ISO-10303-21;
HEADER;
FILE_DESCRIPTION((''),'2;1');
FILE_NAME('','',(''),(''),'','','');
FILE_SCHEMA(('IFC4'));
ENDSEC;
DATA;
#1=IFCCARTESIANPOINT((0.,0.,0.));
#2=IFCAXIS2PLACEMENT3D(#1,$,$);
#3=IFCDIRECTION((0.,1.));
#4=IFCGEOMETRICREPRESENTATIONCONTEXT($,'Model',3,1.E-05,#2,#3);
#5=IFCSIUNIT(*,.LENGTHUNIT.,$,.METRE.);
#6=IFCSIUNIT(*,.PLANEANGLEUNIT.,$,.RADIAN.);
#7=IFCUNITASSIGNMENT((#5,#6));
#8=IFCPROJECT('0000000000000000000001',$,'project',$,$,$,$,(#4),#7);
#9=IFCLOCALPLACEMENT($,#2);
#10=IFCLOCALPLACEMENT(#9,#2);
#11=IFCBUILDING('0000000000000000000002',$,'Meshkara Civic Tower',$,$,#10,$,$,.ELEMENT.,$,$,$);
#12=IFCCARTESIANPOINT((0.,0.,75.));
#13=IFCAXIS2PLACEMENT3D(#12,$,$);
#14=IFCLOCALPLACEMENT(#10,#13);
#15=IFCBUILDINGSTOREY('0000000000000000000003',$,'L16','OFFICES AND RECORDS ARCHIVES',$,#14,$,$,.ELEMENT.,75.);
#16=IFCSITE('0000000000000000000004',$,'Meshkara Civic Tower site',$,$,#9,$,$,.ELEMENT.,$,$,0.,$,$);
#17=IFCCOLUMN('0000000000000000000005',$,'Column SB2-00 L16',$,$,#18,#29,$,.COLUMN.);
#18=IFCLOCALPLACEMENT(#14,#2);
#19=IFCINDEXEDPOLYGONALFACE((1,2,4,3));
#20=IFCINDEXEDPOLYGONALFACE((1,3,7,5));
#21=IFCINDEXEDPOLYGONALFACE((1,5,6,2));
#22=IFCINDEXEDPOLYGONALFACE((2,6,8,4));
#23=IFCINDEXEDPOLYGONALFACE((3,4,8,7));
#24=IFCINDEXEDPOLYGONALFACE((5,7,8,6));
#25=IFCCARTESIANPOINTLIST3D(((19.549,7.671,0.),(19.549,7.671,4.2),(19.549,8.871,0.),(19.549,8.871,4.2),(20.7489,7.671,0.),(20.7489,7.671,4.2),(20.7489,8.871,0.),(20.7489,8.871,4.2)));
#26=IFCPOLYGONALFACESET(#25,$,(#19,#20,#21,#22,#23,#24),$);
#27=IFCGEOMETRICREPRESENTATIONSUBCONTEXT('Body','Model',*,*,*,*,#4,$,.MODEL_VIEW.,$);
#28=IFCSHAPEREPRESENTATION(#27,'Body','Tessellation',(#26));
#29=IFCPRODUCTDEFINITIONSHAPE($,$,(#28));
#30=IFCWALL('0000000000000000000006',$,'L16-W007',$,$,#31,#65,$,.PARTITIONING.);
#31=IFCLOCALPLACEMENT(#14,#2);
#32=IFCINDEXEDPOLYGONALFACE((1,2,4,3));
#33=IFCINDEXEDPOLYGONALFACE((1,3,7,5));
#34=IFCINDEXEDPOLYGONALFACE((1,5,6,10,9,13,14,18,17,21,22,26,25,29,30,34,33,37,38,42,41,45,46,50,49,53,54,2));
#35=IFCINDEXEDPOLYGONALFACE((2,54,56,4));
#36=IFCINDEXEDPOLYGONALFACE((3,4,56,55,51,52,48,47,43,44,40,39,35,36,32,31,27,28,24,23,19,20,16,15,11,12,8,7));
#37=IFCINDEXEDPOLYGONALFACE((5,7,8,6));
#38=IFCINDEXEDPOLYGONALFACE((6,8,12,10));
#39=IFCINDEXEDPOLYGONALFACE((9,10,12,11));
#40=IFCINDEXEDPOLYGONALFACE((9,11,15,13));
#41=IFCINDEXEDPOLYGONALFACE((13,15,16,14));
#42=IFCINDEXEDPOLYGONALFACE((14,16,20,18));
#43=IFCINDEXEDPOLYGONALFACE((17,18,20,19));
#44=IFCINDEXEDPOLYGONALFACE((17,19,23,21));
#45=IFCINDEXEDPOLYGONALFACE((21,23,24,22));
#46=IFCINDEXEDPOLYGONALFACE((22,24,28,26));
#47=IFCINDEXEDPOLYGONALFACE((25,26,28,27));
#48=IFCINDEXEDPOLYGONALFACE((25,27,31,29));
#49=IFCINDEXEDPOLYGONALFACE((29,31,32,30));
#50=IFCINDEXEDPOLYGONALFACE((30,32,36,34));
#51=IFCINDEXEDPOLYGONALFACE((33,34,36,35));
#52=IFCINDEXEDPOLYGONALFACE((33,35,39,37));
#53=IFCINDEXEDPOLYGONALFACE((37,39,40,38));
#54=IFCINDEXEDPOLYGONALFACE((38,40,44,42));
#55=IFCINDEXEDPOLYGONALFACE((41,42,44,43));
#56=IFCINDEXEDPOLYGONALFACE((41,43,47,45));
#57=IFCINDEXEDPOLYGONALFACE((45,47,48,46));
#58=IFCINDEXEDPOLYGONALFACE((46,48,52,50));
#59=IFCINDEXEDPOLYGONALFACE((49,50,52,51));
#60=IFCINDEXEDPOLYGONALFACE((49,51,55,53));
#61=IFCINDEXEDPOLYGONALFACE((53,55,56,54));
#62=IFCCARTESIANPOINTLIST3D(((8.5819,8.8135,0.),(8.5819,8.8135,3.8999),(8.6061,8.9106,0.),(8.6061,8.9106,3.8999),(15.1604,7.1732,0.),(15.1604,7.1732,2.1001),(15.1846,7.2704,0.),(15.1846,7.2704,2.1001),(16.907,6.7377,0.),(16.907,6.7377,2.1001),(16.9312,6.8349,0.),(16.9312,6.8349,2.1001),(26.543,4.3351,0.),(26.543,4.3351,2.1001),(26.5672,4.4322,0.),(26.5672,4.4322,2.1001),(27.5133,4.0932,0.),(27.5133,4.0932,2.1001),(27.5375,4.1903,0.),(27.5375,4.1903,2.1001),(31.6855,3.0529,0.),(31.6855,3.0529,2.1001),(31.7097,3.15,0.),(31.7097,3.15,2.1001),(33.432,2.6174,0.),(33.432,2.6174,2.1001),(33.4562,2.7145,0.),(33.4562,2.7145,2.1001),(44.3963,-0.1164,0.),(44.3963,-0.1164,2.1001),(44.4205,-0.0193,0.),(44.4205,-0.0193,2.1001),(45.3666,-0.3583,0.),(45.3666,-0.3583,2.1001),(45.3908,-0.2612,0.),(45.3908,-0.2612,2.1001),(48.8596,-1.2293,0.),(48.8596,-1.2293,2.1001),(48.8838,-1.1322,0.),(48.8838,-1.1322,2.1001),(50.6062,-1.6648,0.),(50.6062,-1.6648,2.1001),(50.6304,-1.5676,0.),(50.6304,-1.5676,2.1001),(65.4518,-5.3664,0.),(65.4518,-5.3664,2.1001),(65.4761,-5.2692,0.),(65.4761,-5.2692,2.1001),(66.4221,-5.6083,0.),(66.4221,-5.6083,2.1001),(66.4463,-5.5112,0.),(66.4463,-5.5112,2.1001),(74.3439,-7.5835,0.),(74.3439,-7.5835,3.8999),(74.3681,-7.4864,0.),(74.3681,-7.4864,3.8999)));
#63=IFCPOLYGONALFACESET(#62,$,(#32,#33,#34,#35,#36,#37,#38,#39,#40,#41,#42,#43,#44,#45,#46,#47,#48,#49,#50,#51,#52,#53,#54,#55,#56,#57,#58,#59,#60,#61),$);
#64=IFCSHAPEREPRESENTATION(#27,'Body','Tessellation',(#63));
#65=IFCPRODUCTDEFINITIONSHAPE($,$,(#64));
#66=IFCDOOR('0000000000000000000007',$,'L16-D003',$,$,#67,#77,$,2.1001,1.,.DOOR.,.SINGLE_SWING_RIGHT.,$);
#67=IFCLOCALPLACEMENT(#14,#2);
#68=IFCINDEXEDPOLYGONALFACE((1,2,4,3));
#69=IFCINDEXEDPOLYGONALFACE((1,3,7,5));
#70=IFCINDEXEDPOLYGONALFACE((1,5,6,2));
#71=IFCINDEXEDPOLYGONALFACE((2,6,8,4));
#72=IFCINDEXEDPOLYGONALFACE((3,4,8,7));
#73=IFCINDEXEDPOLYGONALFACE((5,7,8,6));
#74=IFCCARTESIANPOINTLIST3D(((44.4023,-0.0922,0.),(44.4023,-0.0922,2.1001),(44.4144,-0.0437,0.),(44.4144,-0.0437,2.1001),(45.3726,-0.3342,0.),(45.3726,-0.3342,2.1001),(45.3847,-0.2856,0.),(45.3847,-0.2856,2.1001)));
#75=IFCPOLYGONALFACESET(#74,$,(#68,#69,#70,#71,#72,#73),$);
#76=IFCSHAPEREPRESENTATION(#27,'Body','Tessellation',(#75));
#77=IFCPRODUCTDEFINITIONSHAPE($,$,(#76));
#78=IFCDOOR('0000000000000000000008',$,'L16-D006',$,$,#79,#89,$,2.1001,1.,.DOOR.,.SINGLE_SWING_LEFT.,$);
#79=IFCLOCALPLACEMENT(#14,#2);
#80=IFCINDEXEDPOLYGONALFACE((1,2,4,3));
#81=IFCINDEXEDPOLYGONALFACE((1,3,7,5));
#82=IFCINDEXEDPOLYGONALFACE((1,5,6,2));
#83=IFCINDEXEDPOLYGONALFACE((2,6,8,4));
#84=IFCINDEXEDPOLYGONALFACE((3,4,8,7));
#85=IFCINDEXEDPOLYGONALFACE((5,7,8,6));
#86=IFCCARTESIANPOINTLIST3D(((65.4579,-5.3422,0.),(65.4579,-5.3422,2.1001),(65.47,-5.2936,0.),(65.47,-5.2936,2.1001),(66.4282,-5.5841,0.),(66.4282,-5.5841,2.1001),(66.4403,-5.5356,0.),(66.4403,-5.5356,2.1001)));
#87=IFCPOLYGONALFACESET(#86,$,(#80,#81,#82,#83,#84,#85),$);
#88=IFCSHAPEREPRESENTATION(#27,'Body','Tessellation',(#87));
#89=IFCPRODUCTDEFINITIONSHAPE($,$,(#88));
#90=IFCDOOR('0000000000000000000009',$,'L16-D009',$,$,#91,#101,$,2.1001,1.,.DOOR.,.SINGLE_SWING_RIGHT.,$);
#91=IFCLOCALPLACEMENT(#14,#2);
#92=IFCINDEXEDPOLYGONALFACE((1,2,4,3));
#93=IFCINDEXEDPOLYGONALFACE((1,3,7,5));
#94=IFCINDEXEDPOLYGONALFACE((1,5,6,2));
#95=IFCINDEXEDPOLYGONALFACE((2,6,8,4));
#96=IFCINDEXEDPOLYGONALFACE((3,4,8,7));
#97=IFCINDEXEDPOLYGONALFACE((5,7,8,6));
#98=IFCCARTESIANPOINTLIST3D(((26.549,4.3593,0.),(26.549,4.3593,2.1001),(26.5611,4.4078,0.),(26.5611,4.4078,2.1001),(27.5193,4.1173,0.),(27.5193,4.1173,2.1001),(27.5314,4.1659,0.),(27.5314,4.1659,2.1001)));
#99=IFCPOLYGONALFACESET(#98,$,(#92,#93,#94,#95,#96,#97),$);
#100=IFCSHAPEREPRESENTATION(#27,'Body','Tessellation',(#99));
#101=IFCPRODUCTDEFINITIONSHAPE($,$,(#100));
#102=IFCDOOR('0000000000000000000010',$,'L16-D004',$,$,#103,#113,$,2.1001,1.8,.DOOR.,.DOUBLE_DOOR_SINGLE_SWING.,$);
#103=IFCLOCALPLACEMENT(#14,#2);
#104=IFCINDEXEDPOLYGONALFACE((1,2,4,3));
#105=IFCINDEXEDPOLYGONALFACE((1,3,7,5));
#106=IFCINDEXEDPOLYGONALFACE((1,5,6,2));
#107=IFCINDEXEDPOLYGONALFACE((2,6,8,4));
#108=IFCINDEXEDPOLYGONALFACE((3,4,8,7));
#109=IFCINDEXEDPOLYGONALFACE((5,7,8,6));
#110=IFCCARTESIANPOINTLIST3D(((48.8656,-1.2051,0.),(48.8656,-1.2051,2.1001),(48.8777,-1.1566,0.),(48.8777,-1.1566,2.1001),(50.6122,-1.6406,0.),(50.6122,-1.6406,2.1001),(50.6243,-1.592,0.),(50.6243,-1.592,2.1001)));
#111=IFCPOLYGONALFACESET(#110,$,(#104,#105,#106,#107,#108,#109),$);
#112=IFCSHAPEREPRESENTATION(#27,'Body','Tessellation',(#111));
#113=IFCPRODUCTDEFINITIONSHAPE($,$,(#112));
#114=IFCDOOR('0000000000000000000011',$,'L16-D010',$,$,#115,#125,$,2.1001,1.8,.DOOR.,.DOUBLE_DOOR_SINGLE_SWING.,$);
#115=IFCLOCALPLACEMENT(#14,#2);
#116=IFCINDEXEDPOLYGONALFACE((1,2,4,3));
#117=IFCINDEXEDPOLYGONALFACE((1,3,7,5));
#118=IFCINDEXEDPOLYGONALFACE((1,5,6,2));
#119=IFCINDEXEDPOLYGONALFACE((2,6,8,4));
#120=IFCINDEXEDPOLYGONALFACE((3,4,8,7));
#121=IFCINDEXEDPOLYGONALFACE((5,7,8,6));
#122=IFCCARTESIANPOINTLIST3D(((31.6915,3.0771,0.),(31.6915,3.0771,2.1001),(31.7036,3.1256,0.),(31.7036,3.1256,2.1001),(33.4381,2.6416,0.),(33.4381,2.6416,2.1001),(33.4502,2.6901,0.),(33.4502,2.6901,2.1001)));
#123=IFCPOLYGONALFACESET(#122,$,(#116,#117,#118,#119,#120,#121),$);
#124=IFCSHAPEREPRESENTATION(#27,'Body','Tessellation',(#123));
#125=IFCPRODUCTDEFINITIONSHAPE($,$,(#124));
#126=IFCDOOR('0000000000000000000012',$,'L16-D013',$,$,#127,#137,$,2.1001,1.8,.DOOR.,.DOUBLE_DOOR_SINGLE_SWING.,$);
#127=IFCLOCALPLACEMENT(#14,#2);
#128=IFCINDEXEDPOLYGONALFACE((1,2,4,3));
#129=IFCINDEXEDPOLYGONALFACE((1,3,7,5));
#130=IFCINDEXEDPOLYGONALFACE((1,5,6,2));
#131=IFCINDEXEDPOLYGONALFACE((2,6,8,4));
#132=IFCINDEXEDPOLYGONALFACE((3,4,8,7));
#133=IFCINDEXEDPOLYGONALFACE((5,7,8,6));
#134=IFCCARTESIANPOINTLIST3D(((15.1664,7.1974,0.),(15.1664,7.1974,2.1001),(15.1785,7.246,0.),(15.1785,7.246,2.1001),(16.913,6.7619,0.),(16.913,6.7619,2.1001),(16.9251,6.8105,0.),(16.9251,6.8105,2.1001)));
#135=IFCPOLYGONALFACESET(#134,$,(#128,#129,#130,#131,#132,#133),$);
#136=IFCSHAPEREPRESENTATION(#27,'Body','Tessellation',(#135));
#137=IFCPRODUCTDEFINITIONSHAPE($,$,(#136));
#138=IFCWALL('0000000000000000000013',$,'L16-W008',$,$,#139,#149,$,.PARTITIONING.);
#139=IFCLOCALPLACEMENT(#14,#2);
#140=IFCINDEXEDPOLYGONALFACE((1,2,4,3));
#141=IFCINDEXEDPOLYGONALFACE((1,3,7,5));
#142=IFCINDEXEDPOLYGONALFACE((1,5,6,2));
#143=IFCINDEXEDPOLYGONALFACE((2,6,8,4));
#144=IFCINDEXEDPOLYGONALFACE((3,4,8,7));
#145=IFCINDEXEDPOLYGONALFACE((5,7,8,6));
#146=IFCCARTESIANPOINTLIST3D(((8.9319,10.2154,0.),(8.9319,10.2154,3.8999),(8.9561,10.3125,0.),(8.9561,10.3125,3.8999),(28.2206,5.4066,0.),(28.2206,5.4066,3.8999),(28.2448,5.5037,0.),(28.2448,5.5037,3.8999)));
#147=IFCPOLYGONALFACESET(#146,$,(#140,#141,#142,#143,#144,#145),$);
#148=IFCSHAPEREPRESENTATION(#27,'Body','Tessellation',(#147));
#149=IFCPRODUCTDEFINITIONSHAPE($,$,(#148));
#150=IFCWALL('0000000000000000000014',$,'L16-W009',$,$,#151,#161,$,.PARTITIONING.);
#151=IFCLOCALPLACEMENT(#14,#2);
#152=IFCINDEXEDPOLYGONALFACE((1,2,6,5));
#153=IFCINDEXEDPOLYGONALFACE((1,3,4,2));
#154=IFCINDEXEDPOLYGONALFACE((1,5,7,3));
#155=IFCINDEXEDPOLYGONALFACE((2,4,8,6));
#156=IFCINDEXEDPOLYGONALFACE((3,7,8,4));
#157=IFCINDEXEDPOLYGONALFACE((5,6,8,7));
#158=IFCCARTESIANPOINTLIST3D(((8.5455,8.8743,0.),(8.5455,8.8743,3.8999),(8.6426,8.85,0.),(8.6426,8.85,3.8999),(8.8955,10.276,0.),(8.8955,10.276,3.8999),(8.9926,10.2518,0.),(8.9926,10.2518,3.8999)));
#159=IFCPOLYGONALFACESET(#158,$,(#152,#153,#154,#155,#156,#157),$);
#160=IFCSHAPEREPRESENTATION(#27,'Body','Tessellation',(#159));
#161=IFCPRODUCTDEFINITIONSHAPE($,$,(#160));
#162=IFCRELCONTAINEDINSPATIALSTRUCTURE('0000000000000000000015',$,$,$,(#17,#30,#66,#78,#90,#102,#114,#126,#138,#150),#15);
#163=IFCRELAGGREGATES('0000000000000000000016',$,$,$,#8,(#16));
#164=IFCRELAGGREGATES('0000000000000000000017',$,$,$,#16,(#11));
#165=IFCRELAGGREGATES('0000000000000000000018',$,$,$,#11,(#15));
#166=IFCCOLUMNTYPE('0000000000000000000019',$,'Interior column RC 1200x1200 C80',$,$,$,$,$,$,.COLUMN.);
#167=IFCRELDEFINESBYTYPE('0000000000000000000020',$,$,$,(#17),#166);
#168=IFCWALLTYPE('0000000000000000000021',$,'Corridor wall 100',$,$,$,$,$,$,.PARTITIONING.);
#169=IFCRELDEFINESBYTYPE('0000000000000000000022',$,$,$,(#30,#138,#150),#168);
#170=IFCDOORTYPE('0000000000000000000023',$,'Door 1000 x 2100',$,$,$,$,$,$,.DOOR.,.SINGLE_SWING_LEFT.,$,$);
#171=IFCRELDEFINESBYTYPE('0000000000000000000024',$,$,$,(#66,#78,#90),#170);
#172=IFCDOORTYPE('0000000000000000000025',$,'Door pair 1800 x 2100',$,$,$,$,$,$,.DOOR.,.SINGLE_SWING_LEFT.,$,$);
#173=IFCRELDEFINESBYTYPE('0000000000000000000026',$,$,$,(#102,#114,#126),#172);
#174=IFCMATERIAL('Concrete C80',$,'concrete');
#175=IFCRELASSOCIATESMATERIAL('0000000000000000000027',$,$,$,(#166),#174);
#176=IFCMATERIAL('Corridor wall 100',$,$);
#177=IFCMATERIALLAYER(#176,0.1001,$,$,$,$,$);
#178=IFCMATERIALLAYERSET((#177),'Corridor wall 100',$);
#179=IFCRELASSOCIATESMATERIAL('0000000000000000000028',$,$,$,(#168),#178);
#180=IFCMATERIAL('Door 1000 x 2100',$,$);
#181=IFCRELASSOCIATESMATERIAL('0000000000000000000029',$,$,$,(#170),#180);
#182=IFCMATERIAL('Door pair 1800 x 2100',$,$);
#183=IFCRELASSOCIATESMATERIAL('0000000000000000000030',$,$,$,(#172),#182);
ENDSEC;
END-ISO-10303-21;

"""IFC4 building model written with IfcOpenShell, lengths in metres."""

from ifc_helpers import new_model, si_unit, direction, frame, frame_2d, origin, origin_2d, place, context, subcontext, project, spatial, rectangle, extrude, material, layer, layer_set, material_profile, profile_set, type_object, element, fill, save


model = new_model("IFC4")

# Units and contexts
model_context = context("Model", 3, precision=1e-05, world=origin(), true_north=direction((0.0, 1.0)))
body_context = subcontext(model_context, "Body", "Model", "MODEL_VIEW")
ifc_project = project(units=[si_unit("LENGTHUNIT", "METRE"), si_unit("PLANEANGLEUNIT", "RADIAN")], contexts=[model_context])

# Site, building, storey
site_placement = place(None, origin())
site = spatial("IfcSite", under=ifc_project, at=site_placement, Name="Meshkara Civic Tower site", CompositionType="ELEMENT", RefElevation=0.0)
building_placement = place(site_placement, origin())
building = spatial("IfcBuilding", under=site, at=building_placement, Name="Meshkara Civic Tower", CompositionType="ELEMENT")
storey_placement = place(building_placement, frame((0.0, 0.0, 75.0)))
storey = spatial("IfcBuildingStorey", under=building, at=storey_placement, Name="L16", Description="OFFICES AND RECORDS ARCHIVES", CompositionType="ELEMENT", Elevation=75.0)

# Column
ifc_material_1 = material(Name="Concrete C80", Category="concrete")
ifc_material_profile = material_profile(ifc_material_1, rectangle(XDim=1.2, YDim=1.2, at=origin_2d()))
ifc_profile_set = profile_set([ifc_material_profile], Name="Concrete C80")
column_type = type_object("IfcColumnType", Name="Interior column RC 1200x1200 C80", PredefinedType="COLUMN", material=ifc_profile_set)
column_placement = place(storey_placement, frame((20.1489, 8.271, 0.0), z_axis=(0.0, 0.0, 1.0), x_axis=(1.0, 0.0, 0.0)))
element("IfcColumn", 1, at=column_placement, inside=storey, type_object=column_type, Name="Column SB2-00 L16", PredefinedType="COLUMN", context=body_context, shape_type="SweptSolid", body=[
    extrude(rectangle(XDim=1.2, YDim=1.2, at=origin_2d()), origin(), (0.0, 0.0, 1.0), 4.2),
])

# Wall, openings, doors
ifc_material_2 = material(Name="Corridor wall 100")
ifc_layer_1 = layer(ifc_material_2, 0.1001)
ifc_layer_set_1 = layer_set([ifc_layer_1], Name="Corridor wall 100")
wall_type_1 = type_object("IfcWallType", Name="Corridor wall 100", PredefinedType="PARTITIONING", material=ifc_layer_set_1)
wall_1_placement = place(storey_placement, frame((8.594, 8.8621, 0.0), z_axis=(0.0, 0.0, 1.0), x_axis=(0.970293, -0.241931, 0.0)))
wall_1 = element("IfcWall", 2, at=wall_1_placement, inside=storey, type_object=wall_type_1, Name="L16-W007", PredefinedType="PARTITIONING", context=body_context, shape_type="SweptSolid", body=[
    extrude(rectangle(XDim=67.7754, YDim=0.1001, at=frame_2d((33.8877, 0.0))), origin(), (0.0, 0.0, 1.0), 3.8999),
])
opening_1_placement = place(wall_1_placement, frame((36.9109, 0.0, 0.0)))
opening_1 = element("IfcOpeningElement", 3, at=opening_1_placement, cuts=wall_1, PredefinedType="OPENING", context=body_context, shape_type="SweptSolid", body=[
    extrude(rectangle(XDim=1.0, YDim=2.1001, at=frame_2d((0.5, 1.05))), frame((0.0, 0.0601, 0.0), z_axis=(0.0, -1.0, 0.0), x_axis=(1.0, 0.0, 0.0)), (0.0, 0.0, 1.0), 0.1201),
])
opening_2_placement = place(wall_1_placement, frame((41.511, 0.0, 0.0)))
opening_2 = element("IfcOpeningElement", 4, at=opening_2_placement, cuts=wall_1, PredefinedType="OPENING", context=body_context, shape_type="SweptSolid", body=[
    extrude(rectangle(XDim=1.8, YDim=2.1001, at=frame_2d((0.8999, 1.05))), frame((0.0, 0.0601, 0.0), z_axis=(0.0, -1.0, 0.0), x_axis=(1.0, 0.0, 0.0)), (0.0, 0.0, 1.0), 0.1201),
])
opening_3_placement = place(wall_1_placement, frame((58.6111, 0.0, 0.0)))
opening_3 = element("IfcOpeningElement", 5, at=opening_3_placement, cuts=wall_1, PredefinedType="OPENING", context=body_context, shape_type="SweptSolid", body=[
    extrude(rectangle(XDim=1.0, YDim=2.1001, at=frame_2d((0.5, 1.05))), frame((0.0, 0.0601, 0.0), z_axis=(0.0, -1.0, 0.0), x_axis=(1.0, 0.0, 0.0)), (0.0, 0.0, 1.0), 0.1201),
])
opening_4_placement = place(wall_1_placement, frame((18.511, 0.0, 0.0)))
opening_4 = element("IfcOpeningElement", 6, at=opening_4_placement, cuts=wall_1, PredefinedType="OPENING", context=body_context, shape_type="SweptSolid", body=[
    extrude(rectangle(XDim=1.0, YDim=2.1001, at=frame_2d((0.5, 1.05))), frame((0.0, 0.0601, 0.0), z_axis=(0.0, -1.0, 0.0), x_axis=(1.0, 0.0, 0.0)), (0.0, 0.0, 1.0), 0.1201),
])
opening_5_placement = place(wall_1_placement, frame((23.811, 0.0, 0.0)))
opening_5 = element("IfcOpeningElement", 7, at=opening_5_placement, cuts=wall_1, PredefinedType="OPENING", context=body_context, shape_type="SweptSolid", body=[
    extrude(rectangle(XDim=1.8, YDim=2.1001, at=frame_2d((0.8999, 1.05))), frame((0.0, 0.0601, 0.0), z_axis=(0.0, -1.0, 0.0), x_axis=(1.0, 0.0, 0.0)), (0.0, 0.0, 1.0), 0.1201),
])
opening_6_placement = place(wall_1_placement, frame((6.78, 0.0, 0.0)))
opening_6 = element("IfcOpeningElement", 8, at=opening_6_placement, cuts=wall_1, PredefinedType="OPENING", context=body_context, shape_type="SweptSolid", body=[
    extrude(rectangle(XDim=1.8, YDim=2.1001, at=frame_2d((0.8999, 1.05))), frame((0.0, 0.0601, 0.0), z_axis=(0.0, -1.0, 0.0), x_axis=(1.0, 0.0, 0.0)), (0.0, 0.0, 1.0), 0.1201),
])
ifc_material_3 = material(Name="Door 1000 x 2100")
door_type_1 = type_object("IfcDoorType", Name="Door 1000 x 2100", OperationType="SINGLE_SWING_LEFT", PredefinedType="DOOR", material=ifc_material_3)
door_1_placement = place(opening_1_placement, origin())
door_1 = element("IfcDoor", 9, at=door_1_placement, inside=storey, type_object=door_type_1, Name="L16-D003", OperationType="SINGLE_SWING_RIGHT", OverallHeight=2.1001, OverallWidth=1.0, PredefinedType="DOOR", context=body_context, shape_type="SweptSolid", body=[
    extrude(rectangle(XDim=1.0, YDim=2.1001, at=frame_2d((0.5, 1.05))), frame((0.0, 0.0249, 0.0), z_axis=(0.0, -1.0, 0.0), x_axis=(1.0, 0.0, 0.0)), (0.0, 0.0, 1.0), 0.05),
])
fill(opening_1, door_1)
door_2_placement = place(opening_3_placement, origin())
door_2 = element("IfcDoor", 10, at=door_2_placement, inside=storey, type_object=door_type_1, Name="L16-D006", OperationType="SINGLE_SWING_LEFT", OverallHeight=2.1001, OverallWidth=1.0, PredefinedType="DOOR", context=body_context, shape_type="SweptSolid", body=[
    extrude(rectangle(XDim=1.0, YDim=2.1001, at=frame_2d((0.5, 1.05))), frame((0.0, 0.0249, 0.0), z_axis=(0.0, -1.0, 0.0), x_axis=(1.0, 0.0, 0.0)), (0.0, 0.0, 1.0), 0.05),
])
fill(opening_3, door_2)
door_3_placement = place(opening_4_placement, origin())
door_3 = element("IfcDoor", 11, at=door_3_placement, inside=storey, type_object=door_type_1, Name="L16-D009", OperationType="SINGLE_SWING_RIGHT", OverallHeight=2.1001, OverallWidth=1.0, PredefinedType="DOOR", context=body_context, shape_type="SweptSolid", body=[
    extrude(rectangle(XDim=1.0, YDim=2.1001, at=frame_2d((0.5, 1.05))), frame((0.0, 0.0249, 0.0), z_axis=(0.0, -1.0, 0.0), x_axis=(1.0, 0.0, 0.0)), (0.0, 0.0, 1.0), 0.05),
])
fill(opening_4, door_3)
ifc_material_4 = material(Name="Door pair 1800 x 2100")
door_type_2 = type_object("IfcDoorType", Name="Door pair 1800 x 2100", OperationType="SINGLE_SWING_LEFT", PredefinedType="DOOR", material=ifc_material_4)
door_4_placement = place(opening_2_placement, origin())
door_4 = element("IfcDoor", 12, at=door_4_placement, inside=storey, type_object=door_type_2, Name="L16-D004", OperationType="DOUBLE_DOOR_SINGLE_SWING", OverallHeight=2.1001, OverallWidth=1.8, PredefinedType="DOOR", context=body_context, shape_type="SweptSolid", body=[
    extrude(rectangle(XDim=1.8, YDim=2.1001, at=frame_2d((0.8999, 1.05))), frame((0.0, 0.0249, 0.0), z_axis=(0.0, -1.0, 0.0), x_axis=(1.0, 0.0, 0.0)), (0.0, 0.0, 1.0), 0.05),
])
fill(opening_2, door_4)
door_5_placement = place(opening_5_placement, origin())
door_5 = element("IfcDoor", 13, at=door_5_placement, inside=storey, type_object=door_type_2, Name="L16-D010", OperationType="DOUBLE_DOOR_SINGLE_SWING", OverallHeight=2.1001, OverallWidth=1.8, PredefinedType="DOOR", context=body_context, shape_type="SweptSolid", body=[
    extrude(rectangle(XDim=1.8, YDim=2.1001, at=frame_2d((0.8999, 1.05))), frame((0.0, 0.0249, 0.0), z_axis=(0.0, -1.0, 0.0), x_axis=(1.0, 0.0, 0.0)), (0.0, 0.0, 1.0), 0.05),
])
fill(opening_5, door_5)
door_6_placement = place(opening_6_placement, origin())
door_6 = element("IfcDoor", 14, at=door_6_placement, inside=storey, type_object=door_type_2, Name="L16-D013", OperationType="DOUBLE_DOOR_SINGLE_SWING", OverallHeight=2.1001, OverallWidth=1.8, PredefinedType="DOOR", context=body_context, shape_type="SweptSolid", body=[
    extrude(rectangle(XDim=1.8, YDim=2.1001, at=frame_2d((0.8999, 1.05))), frame((0.0, 0.0249, 0.0), z_axis=(0.0, -1.0, 0.0), x_axis=(1.0, 0.0, 0.0)), (0.0, 0.0, 1.0), 0.05),
])
fill(opening_6, door_6)

# Walls
wall_2_placement = place(storey_placement, frame((8.9441, 10.2639, 0.0), z_axis=(0.0, 0.0, 1.0), x_axis=(0.970301, -0.241903, 0.0)))
element("IfcWall", 15, at=wall_2_placement, inside=storey, type_object=wall_type_1, Name="L16-W008", PredefinedType="PARTITIONING", context=body_context, shape_type="SweptSolid", body=[
    extrude(rectangle(XDim=19.8792, YDim=0.1001, at=frame_2d((9.9395, 0.0))), origin(), (0.0, 0.0, 1.0), 3.8999),
])
wall_3_placement = place(storey_placement, frame((8.9441, 10.2639, 0.0), z_axis=(0.0, 0.0, 1.0), x_axis=(-0.242297, -0.970202, 0.0)))
element("IfcWall", 16, at=wall_3_placement, inside=storey, type_object=wall_type_1, Name="L16-W009", PredefinedType="PARTITIONING", context=body_context, shape_type="SweptSolid", body=[
    extrude(rectangle(XDim=1.4448, YDim=0.1001, at=frame_2d((0.7224, 0.0))), origin(), (0.0, 0.0, 1.0), 3.8999),
])

save(model, "model.ifc")
